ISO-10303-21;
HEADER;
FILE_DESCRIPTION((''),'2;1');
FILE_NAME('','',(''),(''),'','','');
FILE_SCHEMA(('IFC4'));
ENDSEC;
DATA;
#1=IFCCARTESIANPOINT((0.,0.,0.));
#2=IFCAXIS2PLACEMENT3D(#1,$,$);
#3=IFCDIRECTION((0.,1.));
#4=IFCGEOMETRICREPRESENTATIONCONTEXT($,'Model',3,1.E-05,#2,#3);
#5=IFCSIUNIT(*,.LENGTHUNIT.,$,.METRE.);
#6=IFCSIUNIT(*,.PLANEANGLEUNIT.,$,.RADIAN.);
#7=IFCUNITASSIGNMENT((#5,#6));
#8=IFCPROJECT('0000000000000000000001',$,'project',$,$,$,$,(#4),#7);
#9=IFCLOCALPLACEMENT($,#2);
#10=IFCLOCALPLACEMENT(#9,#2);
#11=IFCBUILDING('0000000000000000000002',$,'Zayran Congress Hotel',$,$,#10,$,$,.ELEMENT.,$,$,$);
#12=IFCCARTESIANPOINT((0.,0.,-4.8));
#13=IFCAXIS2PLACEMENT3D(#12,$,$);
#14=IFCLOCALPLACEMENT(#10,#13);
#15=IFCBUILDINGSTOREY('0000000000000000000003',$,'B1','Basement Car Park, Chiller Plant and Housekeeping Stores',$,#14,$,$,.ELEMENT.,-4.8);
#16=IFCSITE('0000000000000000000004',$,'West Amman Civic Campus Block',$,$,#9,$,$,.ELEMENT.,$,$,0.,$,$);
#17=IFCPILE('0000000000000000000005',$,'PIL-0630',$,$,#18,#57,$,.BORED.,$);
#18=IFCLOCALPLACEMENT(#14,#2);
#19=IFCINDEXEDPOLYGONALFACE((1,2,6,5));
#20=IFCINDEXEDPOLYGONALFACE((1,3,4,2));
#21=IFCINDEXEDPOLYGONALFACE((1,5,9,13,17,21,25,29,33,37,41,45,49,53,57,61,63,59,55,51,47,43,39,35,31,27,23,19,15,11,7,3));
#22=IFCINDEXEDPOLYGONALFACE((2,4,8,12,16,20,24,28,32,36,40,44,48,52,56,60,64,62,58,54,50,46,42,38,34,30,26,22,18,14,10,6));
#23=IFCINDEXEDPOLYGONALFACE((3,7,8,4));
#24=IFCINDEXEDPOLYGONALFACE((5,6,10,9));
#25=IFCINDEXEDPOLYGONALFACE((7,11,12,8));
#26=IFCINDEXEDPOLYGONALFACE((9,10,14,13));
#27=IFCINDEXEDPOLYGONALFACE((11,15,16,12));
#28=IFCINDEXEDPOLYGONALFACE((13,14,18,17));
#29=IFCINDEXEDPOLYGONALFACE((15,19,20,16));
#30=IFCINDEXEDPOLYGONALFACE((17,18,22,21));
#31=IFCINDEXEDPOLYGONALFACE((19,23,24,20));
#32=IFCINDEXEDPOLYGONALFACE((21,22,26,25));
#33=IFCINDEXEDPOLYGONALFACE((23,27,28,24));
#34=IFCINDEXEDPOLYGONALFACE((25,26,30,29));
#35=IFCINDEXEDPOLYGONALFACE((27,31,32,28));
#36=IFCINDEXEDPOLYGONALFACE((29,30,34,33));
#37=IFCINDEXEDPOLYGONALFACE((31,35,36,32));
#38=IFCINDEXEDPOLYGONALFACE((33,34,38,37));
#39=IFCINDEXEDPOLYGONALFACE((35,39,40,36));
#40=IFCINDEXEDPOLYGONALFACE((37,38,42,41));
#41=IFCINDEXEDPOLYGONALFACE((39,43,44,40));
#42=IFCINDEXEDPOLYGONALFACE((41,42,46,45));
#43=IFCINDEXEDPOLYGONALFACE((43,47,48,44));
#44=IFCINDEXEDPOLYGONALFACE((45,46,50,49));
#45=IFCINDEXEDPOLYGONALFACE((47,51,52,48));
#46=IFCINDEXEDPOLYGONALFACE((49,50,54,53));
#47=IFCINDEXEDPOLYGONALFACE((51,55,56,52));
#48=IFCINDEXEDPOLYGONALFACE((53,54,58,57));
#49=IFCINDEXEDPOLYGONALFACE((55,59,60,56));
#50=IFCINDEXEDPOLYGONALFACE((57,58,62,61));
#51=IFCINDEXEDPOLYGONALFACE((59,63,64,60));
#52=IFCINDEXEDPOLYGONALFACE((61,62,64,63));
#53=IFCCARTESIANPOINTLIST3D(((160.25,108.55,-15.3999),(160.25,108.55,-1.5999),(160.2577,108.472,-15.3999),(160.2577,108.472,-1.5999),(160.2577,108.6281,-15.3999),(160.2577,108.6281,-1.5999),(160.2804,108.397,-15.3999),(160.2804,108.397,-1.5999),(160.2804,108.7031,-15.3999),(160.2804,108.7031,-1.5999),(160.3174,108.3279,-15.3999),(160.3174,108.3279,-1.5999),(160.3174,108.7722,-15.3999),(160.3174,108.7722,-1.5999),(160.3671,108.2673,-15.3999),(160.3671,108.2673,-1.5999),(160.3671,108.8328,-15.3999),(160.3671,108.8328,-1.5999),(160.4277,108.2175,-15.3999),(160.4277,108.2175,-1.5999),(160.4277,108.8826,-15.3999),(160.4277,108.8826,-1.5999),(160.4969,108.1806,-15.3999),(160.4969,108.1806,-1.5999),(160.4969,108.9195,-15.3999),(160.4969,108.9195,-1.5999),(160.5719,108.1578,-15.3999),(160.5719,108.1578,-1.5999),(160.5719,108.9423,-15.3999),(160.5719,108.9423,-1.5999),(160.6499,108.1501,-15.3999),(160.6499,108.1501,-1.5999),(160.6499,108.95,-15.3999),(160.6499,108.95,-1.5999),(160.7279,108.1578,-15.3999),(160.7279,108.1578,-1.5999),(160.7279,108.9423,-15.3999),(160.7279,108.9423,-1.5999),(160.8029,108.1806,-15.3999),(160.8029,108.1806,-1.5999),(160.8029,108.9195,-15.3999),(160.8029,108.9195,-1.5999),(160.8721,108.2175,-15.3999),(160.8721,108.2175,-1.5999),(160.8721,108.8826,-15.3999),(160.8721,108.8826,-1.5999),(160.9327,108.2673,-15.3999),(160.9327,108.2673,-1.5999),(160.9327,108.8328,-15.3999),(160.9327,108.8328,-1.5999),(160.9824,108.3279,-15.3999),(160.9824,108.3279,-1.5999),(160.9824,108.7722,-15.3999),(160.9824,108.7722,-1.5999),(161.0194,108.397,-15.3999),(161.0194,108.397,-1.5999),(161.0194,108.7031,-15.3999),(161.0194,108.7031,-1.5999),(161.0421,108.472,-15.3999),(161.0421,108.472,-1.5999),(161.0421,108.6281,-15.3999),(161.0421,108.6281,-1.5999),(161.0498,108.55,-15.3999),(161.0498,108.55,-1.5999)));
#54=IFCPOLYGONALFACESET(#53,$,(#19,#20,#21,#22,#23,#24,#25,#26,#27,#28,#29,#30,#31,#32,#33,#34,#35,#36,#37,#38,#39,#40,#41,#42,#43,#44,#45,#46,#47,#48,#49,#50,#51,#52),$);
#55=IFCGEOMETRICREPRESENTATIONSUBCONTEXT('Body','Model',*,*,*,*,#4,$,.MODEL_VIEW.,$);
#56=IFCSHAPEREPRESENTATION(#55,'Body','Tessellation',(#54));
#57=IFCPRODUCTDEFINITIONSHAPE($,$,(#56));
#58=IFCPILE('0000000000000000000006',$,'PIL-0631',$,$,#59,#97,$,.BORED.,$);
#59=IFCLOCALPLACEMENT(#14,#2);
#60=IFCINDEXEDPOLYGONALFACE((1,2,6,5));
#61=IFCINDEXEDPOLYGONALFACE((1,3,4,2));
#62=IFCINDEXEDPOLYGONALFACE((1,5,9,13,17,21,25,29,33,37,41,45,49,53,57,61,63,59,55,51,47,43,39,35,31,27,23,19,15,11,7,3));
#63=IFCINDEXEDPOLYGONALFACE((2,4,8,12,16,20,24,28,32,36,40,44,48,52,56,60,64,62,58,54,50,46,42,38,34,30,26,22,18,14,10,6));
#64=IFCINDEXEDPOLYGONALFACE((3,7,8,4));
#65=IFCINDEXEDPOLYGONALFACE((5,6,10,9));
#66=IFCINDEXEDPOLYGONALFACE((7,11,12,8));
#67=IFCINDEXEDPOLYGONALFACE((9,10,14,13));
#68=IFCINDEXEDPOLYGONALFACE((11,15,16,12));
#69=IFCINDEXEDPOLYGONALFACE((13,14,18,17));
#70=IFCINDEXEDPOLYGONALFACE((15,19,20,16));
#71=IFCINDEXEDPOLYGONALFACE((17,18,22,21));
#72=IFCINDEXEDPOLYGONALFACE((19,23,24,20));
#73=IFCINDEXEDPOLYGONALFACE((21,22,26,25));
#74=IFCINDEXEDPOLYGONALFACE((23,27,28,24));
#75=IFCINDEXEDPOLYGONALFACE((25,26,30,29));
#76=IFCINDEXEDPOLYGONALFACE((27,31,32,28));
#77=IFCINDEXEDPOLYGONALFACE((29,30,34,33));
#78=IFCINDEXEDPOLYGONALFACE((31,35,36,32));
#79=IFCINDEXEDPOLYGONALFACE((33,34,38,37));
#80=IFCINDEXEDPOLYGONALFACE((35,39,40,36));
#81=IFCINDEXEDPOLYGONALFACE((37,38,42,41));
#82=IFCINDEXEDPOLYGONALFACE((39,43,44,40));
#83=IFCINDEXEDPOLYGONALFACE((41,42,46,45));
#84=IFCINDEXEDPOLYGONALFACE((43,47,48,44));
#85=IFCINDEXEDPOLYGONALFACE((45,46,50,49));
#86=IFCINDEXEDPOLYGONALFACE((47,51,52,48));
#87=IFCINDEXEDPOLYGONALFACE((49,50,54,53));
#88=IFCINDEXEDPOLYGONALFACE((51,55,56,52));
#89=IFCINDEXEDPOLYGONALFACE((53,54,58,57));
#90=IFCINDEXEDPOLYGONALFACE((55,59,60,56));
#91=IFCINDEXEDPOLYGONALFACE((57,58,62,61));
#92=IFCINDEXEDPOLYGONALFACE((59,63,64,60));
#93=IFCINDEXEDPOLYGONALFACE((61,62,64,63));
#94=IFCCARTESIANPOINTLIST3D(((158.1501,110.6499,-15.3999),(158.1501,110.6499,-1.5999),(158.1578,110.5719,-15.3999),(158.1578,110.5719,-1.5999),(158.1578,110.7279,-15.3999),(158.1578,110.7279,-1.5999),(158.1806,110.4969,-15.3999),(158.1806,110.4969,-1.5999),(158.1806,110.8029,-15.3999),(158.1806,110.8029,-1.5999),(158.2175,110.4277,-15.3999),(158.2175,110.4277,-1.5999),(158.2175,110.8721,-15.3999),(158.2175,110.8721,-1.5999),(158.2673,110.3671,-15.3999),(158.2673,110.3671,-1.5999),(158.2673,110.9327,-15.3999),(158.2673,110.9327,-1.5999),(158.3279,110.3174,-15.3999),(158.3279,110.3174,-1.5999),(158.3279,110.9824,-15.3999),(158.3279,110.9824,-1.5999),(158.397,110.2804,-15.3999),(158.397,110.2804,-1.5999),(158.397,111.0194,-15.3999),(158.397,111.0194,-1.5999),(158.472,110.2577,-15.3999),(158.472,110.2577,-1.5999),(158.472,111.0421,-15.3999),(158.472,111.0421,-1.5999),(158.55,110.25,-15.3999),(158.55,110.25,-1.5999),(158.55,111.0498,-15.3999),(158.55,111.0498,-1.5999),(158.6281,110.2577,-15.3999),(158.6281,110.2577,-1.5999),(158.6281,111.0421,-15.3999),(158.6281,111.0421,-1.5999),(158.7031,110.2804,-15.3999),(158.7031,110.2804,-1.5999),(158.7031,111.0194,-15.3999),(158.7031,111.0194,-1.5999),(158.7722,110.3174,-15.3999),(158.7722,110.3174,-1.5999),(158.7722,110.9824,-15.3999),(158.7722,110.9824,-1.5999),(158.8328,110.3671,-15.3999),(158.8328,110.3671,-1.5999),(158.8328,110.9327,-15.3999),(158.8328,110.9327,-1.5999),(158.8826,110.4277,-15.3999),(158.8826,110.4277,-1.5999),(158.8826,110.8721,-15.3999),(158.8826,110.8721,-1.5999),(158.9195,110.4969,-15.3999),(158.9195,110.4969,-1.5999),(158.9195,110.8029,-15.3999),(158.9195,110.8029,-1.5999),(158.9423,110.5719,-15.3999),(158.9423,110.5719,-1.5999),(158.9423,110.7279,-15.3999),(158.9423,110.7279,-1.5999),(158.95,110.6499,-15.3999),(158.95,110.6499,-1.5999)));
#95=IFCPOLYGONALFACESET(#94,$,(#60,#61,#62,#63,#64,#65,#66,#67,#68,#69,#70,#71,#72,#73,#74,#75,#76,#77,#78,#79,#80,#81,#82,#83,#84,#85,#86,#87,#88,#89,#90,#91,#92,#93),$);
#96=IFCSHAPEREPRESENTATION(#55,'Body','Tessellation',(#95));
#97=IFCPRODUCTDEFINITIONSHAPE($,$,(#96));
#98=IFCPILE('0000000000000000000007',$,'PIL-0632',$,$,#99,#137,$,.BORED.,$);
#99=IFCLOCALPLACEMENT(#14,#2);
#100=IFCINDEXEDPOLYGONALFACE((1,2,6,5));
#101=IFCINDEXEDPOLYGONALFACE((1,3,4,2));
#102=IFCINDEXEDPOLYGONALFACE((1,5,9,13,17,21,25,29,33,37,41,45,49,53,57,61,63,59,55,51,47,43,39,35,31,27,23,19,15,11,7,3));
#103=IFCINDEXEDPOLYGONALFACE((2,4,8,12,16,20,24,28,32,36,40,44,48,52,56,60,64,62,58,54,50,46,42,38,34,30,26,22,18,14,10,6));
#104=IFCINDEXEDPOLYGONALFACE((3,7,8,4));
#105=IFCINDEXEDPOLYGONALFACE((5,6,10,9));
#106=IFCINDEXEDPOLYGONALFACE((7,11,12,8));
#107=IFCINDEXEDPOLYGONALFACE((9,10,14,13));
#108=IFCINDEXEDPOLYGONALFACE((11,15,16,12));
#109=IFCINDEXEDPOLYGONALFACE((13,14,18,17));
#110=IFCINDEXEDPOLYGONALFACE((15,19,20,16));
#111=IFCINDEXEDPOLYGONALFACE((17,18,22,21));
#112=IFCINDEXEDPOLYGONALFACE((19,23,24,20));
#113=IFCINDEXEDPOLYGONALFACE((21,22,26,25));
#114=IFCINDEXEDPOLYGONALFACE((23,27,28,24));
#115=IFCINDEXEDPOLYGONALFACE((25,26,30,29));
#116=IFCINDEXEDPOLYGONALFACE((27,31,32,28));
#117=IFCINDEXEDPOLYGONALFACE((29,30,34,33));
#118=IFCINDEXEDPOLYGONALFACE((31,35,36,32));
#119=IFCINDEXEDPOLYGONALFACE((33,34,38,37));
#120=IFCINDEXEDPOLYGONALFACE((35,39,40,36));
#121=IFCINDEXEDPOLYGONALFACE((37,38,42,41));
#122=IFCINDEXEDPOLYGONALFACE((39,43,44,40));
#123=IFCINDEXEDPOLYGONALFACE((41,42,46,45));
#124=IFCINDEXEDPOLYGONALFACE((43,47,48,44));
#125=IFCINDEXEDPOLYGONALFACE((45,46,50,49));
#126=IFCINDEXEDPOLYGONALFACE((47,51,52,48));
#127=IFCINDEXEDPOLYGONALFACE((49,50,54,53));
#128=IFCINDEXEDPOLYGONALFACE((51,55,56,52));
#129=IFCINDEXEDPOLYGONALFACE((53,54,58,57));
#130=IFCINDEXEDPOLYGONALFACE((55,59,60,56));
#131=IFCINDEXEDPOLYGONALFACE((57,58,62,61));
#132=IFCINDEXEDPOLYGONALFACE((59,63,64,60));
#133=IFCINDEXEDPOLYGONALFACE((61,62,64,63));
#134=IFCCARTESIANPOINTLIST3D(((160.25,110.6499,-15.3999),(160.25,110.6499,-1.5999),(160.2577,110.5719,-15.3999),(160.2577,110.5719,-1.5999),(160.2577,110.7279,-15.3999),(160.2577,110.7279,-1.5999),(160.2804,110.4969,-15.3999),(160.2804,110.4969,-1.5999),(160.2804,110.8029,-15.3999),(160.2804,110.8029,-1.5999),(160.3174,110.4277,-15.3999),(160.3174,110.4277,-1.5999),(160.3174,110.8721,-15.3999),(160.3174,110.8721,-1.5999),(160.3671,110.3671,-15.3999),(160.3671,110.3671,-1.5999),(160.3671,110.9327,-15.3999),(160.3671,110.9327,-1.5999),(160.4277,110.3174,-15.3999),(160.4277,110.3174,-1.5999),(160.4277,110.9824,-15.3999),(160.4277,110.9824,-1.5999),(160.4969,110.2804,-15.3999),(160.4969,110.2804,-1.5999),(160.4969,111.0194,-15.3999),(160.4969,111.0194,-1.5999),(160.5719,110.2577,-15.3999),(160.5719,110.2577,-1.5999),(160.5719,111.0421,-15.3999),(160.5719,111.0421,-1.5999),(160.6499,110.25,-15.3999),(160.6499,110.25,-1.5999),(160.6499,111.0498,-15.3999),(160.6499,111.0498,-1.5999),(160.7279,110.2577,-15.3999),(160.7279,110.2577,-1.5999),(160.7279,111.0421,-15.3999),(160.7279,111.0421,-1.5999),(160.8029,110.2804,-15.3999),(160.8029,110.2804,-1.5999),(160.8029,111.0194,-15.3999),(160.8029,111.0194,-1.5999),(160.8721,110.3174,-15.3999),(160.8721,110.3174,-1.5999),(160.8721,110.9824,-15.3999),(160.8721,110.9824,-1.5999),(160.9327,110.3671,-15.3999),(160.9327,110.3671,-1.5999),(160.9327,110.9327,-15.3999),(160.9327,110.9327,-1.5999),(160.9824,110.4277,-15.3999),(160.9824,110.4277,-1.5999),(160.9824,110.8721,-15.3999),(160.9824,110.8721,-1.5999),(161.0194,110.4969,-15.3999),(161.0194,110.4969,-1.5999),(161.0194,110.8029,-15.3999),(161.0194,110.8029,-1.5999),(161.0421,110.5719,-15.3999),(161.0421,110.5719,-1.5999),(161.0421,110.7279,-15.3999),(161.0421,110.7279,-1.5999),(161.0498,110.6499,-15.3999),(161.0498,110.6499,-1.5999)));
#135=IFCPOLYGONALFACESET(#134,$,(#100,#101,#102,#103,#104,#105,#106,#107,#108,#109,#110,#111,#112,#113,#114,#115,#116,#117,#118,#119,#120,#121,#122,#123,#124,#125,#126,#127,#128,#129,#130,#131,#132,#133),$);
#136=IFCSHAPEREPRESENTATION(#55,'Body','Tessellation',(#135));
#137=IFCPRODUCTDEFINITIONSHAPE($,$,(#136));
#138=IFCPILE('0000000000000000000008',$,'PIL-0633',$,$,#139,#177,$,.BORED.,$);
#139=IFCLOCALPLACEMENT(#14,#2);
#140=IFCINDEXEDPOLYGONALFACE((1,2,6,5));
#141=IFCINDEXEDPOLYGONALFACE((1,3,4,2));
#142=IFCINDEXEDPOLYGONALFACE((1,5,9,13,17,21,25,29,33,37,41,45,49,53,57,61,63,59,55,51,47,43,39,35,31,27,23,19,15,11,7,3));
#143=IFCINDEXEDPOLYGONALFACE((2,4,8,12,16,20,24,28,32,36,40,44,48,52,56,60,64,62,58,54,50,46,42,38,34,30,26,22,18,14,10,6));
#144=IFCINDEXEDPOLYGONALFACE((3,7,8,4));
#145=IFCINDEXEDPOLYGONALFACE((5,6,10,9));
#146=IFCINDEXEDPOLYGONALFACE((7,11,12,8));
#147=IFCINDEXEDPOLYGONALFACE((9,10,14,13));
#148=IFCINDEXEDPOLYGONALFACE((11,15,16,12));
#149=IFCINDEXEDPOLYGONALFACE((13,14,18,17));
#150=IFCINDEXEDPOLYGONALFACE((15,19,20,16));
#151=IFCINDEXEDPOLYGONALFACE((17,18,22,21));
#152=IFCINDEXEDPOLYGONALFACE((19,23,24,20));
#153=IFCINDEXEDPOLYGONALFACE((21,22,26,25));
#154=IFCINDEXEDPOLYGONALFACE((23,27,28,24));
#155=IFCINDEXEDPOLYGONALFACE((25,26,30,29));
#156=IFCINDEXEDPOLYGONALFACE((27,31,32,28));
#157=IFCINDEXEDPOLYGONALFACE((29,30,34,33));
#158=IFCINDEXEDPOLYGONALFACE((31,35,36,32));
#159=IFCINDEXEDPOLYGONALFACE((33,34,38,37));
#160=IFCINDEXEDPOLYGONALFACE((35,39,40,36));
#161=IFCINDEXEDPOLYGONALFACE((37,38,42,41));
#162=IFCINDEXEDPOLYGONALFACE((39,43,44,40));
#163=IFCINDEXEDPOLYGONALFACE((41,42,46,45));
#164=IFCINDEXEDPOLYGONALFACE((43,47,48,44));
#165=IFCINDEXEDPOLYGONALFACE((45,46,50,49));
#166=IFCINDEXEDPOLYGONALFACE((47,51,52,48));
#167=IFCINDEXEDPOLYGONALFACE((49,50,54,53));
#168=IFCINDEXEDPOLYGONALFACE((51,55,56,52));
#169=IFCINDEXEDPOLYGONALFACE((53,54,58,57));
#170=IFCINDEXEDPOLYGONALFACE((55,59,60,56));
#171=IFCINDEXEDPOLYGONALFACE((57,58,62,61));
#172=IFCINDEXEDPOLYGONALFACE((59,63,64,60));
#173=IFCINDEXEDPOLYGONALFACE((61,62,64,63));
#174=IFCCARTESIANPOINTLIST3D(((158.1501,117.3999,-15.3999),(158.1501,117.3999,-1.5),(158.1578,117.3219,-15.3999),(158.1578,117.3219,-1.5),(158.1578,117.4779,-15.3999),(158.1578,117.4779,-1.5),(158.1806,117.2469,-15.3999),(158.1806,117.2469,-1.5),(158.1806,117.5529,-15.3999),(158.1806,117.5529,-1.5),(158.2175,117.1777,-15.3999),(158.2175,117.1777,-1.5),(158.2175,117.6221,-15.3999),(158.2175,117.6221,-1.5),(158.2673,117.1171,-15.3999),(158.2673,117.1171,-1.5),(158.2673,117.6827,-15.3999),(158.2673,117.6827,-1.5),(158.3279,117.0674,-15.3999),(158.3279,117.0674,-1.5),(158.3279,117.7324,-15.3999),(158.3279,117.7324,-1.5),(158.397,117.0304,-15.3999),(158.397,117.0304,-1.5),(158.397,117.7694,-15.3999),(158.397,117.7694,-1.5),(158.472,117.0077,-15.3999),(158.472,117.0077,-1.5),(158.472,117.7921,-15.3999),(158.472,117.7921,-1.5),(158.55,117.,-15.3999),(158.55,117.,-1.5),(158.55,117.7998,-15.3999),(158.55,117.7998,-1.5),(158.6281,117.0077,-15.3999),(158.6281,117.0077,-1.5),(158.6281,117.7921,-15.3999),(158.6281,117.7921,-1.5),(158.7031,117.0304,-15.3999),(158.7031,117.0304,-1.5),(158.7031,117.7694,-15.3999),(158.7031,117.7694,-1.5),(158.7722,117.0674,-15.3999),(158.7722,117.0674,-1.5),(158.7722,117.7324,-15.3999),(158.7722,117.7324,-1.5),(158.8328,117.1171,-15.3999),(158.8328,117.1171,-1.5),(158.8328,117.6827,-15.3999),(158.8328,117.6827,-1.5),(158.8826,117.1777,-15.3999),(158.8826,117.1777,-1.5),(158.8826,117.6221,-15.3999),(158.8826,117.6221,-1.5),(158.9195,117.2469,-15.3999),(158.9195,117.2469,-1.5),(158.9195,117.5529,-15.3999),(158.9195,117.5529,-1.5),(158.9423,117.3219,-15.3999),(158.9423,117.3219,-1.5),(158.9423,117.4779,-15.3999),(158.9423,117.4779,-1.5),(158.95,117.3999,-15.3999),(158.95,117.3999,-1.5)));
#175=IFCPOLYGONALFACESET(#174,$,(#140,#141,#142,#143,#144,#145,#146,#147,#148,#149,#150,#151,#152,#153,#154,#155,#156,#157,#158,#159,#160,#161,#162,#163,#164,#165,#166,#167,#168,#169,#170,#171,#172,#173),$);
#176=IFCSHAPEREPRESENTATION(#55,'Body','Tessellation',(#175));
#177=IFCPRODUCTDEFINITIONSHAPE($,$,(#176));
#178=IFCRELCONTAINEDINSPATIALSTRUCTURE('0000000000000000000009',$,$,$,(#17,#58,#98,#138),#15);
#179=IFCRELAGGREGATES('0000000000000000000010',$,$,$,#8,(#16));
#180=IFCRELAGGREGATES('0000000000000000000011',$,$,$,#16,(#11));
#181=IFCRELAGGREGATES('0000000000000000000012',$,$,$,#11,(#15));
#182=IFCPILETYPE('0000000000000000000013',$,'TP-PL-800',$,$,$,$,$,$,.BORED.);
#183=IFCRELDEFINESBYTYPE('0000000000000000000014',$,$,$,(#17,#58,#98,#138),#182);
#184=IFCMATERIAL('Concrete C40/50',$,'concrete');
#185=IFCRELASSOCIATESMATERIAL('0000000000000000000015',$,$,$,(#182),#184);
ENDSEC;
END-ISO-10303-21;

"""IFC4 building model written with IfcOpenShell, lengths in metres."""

from ifc_helpers import new_model, si_unit, direction, frame, origin, origin_2d, place, context, subcontext, project, spatial, circle, extrude, material, material_profile, profile_set, type_object, element, save


model = new_model("IFC4")

# Units and contexts
model_context = context("Model", 3, precision=1e-05, world=origin(), true_north=direction((0.0, 1.0)))
body_context = subcontext(model_context, "Body", "Model", "MODEL_VIEW")
ifc_project = project(units=[si_unit("LENGTHUNIT", "METRE"), si_unit("PLANEANGLEUNIT", "RADIAN")], contexts=[model_context])

# Site, building, storey
site_placement = place(None, origin())
site = spatial("IfcSite", under=ifc_project, at=site_placement, Name="West Amman Civic Campus Block", CompositionType="ELEMENT", RefElevation=0.0)
building_placement = place(site_placement, origin())
building = spatial("IfcBuilding", under=site, at=building_placement, Name="Zayran Congress Hotel", CompositionType="ELEMENT")
storey_placement = place(building_placement, frame((0.0, 0.0, -4.8)))
storey = spatial("IfcBuildingStorey", under=building, at=storey_placement, Name="B1", Description="Basement Car Park, Chiller Plant and Housekeeping Stores", CompositionType="ELEMENT", Elevation=-4.8)

# Piles
ifc_material_1 = material(Name="Concrete C40/50", Category="concrete")
ifc_material_profile_1 = material_profile(ifc_material_1, circle(Radius=0.3999, at=origin_2d()), Name="PILE D800")
ifc_profile_set_1 = profile_set([ifc_material_profile_1], Name="Concrete C40/50")
pile_type = type_object("IfcPileType", Name="TP-PL-800", PredefinedType="BORED", material=ifc_profile_set_1)
for number, where, z_axis, x_axis, name in (
    (1, (160.6499, 108.55, -1.5999), (0.0, 0.0, -1.0), (1.0, 0.0, 0.0), "PIL-0630"),
    (2, (158.55, 110.6499, -1.5999), (0.0, 0.0, -1.0), (1.0, 0.0, 0.0), "PIL-0631"),
    (3, (160.6499, 110.6499, -1.5999), (0.0, 0.0, -1.0), (1.0, 0.0, 0.0), "PIL-0632"),
):
    element("IfcPile", number, at=place(storey_placement, frame(where, z_axis=z_axis, x_axis=x_axis)), inside=storey, type_object=pile_type, Name=name, PredefinedType="BORED", context=body_context, shape_type="SweptSolid", body=[
        extrude(circle(Radius=0.3999, at=origin_2d()), origin(), (0.0, 0.0, 1.0), 13.8),
    ])
for number, where, z_axis, x_axis, name in (
    (4, (158.55, 117.3999, -1.5), (0.0, 0.0, -1.0), (1.0, 0.0, 0.0), "PIL-0633"),
):
    element("IfcPile", number, at=place(storey_placement, frame(where, z_axis=z_axis, x_axis=x_axis)), inside=storey, type_object=pile_type, Name=name, PredefinedType="BORED", context=body_context, shape_type="SweptSolid", body=[
        extrude(circle(Radius=0.3999, at=origin_2d()), origin(), (0.0, 0.0, 1.0), 13.8999),
    ])

save(model, "model.ifc")
